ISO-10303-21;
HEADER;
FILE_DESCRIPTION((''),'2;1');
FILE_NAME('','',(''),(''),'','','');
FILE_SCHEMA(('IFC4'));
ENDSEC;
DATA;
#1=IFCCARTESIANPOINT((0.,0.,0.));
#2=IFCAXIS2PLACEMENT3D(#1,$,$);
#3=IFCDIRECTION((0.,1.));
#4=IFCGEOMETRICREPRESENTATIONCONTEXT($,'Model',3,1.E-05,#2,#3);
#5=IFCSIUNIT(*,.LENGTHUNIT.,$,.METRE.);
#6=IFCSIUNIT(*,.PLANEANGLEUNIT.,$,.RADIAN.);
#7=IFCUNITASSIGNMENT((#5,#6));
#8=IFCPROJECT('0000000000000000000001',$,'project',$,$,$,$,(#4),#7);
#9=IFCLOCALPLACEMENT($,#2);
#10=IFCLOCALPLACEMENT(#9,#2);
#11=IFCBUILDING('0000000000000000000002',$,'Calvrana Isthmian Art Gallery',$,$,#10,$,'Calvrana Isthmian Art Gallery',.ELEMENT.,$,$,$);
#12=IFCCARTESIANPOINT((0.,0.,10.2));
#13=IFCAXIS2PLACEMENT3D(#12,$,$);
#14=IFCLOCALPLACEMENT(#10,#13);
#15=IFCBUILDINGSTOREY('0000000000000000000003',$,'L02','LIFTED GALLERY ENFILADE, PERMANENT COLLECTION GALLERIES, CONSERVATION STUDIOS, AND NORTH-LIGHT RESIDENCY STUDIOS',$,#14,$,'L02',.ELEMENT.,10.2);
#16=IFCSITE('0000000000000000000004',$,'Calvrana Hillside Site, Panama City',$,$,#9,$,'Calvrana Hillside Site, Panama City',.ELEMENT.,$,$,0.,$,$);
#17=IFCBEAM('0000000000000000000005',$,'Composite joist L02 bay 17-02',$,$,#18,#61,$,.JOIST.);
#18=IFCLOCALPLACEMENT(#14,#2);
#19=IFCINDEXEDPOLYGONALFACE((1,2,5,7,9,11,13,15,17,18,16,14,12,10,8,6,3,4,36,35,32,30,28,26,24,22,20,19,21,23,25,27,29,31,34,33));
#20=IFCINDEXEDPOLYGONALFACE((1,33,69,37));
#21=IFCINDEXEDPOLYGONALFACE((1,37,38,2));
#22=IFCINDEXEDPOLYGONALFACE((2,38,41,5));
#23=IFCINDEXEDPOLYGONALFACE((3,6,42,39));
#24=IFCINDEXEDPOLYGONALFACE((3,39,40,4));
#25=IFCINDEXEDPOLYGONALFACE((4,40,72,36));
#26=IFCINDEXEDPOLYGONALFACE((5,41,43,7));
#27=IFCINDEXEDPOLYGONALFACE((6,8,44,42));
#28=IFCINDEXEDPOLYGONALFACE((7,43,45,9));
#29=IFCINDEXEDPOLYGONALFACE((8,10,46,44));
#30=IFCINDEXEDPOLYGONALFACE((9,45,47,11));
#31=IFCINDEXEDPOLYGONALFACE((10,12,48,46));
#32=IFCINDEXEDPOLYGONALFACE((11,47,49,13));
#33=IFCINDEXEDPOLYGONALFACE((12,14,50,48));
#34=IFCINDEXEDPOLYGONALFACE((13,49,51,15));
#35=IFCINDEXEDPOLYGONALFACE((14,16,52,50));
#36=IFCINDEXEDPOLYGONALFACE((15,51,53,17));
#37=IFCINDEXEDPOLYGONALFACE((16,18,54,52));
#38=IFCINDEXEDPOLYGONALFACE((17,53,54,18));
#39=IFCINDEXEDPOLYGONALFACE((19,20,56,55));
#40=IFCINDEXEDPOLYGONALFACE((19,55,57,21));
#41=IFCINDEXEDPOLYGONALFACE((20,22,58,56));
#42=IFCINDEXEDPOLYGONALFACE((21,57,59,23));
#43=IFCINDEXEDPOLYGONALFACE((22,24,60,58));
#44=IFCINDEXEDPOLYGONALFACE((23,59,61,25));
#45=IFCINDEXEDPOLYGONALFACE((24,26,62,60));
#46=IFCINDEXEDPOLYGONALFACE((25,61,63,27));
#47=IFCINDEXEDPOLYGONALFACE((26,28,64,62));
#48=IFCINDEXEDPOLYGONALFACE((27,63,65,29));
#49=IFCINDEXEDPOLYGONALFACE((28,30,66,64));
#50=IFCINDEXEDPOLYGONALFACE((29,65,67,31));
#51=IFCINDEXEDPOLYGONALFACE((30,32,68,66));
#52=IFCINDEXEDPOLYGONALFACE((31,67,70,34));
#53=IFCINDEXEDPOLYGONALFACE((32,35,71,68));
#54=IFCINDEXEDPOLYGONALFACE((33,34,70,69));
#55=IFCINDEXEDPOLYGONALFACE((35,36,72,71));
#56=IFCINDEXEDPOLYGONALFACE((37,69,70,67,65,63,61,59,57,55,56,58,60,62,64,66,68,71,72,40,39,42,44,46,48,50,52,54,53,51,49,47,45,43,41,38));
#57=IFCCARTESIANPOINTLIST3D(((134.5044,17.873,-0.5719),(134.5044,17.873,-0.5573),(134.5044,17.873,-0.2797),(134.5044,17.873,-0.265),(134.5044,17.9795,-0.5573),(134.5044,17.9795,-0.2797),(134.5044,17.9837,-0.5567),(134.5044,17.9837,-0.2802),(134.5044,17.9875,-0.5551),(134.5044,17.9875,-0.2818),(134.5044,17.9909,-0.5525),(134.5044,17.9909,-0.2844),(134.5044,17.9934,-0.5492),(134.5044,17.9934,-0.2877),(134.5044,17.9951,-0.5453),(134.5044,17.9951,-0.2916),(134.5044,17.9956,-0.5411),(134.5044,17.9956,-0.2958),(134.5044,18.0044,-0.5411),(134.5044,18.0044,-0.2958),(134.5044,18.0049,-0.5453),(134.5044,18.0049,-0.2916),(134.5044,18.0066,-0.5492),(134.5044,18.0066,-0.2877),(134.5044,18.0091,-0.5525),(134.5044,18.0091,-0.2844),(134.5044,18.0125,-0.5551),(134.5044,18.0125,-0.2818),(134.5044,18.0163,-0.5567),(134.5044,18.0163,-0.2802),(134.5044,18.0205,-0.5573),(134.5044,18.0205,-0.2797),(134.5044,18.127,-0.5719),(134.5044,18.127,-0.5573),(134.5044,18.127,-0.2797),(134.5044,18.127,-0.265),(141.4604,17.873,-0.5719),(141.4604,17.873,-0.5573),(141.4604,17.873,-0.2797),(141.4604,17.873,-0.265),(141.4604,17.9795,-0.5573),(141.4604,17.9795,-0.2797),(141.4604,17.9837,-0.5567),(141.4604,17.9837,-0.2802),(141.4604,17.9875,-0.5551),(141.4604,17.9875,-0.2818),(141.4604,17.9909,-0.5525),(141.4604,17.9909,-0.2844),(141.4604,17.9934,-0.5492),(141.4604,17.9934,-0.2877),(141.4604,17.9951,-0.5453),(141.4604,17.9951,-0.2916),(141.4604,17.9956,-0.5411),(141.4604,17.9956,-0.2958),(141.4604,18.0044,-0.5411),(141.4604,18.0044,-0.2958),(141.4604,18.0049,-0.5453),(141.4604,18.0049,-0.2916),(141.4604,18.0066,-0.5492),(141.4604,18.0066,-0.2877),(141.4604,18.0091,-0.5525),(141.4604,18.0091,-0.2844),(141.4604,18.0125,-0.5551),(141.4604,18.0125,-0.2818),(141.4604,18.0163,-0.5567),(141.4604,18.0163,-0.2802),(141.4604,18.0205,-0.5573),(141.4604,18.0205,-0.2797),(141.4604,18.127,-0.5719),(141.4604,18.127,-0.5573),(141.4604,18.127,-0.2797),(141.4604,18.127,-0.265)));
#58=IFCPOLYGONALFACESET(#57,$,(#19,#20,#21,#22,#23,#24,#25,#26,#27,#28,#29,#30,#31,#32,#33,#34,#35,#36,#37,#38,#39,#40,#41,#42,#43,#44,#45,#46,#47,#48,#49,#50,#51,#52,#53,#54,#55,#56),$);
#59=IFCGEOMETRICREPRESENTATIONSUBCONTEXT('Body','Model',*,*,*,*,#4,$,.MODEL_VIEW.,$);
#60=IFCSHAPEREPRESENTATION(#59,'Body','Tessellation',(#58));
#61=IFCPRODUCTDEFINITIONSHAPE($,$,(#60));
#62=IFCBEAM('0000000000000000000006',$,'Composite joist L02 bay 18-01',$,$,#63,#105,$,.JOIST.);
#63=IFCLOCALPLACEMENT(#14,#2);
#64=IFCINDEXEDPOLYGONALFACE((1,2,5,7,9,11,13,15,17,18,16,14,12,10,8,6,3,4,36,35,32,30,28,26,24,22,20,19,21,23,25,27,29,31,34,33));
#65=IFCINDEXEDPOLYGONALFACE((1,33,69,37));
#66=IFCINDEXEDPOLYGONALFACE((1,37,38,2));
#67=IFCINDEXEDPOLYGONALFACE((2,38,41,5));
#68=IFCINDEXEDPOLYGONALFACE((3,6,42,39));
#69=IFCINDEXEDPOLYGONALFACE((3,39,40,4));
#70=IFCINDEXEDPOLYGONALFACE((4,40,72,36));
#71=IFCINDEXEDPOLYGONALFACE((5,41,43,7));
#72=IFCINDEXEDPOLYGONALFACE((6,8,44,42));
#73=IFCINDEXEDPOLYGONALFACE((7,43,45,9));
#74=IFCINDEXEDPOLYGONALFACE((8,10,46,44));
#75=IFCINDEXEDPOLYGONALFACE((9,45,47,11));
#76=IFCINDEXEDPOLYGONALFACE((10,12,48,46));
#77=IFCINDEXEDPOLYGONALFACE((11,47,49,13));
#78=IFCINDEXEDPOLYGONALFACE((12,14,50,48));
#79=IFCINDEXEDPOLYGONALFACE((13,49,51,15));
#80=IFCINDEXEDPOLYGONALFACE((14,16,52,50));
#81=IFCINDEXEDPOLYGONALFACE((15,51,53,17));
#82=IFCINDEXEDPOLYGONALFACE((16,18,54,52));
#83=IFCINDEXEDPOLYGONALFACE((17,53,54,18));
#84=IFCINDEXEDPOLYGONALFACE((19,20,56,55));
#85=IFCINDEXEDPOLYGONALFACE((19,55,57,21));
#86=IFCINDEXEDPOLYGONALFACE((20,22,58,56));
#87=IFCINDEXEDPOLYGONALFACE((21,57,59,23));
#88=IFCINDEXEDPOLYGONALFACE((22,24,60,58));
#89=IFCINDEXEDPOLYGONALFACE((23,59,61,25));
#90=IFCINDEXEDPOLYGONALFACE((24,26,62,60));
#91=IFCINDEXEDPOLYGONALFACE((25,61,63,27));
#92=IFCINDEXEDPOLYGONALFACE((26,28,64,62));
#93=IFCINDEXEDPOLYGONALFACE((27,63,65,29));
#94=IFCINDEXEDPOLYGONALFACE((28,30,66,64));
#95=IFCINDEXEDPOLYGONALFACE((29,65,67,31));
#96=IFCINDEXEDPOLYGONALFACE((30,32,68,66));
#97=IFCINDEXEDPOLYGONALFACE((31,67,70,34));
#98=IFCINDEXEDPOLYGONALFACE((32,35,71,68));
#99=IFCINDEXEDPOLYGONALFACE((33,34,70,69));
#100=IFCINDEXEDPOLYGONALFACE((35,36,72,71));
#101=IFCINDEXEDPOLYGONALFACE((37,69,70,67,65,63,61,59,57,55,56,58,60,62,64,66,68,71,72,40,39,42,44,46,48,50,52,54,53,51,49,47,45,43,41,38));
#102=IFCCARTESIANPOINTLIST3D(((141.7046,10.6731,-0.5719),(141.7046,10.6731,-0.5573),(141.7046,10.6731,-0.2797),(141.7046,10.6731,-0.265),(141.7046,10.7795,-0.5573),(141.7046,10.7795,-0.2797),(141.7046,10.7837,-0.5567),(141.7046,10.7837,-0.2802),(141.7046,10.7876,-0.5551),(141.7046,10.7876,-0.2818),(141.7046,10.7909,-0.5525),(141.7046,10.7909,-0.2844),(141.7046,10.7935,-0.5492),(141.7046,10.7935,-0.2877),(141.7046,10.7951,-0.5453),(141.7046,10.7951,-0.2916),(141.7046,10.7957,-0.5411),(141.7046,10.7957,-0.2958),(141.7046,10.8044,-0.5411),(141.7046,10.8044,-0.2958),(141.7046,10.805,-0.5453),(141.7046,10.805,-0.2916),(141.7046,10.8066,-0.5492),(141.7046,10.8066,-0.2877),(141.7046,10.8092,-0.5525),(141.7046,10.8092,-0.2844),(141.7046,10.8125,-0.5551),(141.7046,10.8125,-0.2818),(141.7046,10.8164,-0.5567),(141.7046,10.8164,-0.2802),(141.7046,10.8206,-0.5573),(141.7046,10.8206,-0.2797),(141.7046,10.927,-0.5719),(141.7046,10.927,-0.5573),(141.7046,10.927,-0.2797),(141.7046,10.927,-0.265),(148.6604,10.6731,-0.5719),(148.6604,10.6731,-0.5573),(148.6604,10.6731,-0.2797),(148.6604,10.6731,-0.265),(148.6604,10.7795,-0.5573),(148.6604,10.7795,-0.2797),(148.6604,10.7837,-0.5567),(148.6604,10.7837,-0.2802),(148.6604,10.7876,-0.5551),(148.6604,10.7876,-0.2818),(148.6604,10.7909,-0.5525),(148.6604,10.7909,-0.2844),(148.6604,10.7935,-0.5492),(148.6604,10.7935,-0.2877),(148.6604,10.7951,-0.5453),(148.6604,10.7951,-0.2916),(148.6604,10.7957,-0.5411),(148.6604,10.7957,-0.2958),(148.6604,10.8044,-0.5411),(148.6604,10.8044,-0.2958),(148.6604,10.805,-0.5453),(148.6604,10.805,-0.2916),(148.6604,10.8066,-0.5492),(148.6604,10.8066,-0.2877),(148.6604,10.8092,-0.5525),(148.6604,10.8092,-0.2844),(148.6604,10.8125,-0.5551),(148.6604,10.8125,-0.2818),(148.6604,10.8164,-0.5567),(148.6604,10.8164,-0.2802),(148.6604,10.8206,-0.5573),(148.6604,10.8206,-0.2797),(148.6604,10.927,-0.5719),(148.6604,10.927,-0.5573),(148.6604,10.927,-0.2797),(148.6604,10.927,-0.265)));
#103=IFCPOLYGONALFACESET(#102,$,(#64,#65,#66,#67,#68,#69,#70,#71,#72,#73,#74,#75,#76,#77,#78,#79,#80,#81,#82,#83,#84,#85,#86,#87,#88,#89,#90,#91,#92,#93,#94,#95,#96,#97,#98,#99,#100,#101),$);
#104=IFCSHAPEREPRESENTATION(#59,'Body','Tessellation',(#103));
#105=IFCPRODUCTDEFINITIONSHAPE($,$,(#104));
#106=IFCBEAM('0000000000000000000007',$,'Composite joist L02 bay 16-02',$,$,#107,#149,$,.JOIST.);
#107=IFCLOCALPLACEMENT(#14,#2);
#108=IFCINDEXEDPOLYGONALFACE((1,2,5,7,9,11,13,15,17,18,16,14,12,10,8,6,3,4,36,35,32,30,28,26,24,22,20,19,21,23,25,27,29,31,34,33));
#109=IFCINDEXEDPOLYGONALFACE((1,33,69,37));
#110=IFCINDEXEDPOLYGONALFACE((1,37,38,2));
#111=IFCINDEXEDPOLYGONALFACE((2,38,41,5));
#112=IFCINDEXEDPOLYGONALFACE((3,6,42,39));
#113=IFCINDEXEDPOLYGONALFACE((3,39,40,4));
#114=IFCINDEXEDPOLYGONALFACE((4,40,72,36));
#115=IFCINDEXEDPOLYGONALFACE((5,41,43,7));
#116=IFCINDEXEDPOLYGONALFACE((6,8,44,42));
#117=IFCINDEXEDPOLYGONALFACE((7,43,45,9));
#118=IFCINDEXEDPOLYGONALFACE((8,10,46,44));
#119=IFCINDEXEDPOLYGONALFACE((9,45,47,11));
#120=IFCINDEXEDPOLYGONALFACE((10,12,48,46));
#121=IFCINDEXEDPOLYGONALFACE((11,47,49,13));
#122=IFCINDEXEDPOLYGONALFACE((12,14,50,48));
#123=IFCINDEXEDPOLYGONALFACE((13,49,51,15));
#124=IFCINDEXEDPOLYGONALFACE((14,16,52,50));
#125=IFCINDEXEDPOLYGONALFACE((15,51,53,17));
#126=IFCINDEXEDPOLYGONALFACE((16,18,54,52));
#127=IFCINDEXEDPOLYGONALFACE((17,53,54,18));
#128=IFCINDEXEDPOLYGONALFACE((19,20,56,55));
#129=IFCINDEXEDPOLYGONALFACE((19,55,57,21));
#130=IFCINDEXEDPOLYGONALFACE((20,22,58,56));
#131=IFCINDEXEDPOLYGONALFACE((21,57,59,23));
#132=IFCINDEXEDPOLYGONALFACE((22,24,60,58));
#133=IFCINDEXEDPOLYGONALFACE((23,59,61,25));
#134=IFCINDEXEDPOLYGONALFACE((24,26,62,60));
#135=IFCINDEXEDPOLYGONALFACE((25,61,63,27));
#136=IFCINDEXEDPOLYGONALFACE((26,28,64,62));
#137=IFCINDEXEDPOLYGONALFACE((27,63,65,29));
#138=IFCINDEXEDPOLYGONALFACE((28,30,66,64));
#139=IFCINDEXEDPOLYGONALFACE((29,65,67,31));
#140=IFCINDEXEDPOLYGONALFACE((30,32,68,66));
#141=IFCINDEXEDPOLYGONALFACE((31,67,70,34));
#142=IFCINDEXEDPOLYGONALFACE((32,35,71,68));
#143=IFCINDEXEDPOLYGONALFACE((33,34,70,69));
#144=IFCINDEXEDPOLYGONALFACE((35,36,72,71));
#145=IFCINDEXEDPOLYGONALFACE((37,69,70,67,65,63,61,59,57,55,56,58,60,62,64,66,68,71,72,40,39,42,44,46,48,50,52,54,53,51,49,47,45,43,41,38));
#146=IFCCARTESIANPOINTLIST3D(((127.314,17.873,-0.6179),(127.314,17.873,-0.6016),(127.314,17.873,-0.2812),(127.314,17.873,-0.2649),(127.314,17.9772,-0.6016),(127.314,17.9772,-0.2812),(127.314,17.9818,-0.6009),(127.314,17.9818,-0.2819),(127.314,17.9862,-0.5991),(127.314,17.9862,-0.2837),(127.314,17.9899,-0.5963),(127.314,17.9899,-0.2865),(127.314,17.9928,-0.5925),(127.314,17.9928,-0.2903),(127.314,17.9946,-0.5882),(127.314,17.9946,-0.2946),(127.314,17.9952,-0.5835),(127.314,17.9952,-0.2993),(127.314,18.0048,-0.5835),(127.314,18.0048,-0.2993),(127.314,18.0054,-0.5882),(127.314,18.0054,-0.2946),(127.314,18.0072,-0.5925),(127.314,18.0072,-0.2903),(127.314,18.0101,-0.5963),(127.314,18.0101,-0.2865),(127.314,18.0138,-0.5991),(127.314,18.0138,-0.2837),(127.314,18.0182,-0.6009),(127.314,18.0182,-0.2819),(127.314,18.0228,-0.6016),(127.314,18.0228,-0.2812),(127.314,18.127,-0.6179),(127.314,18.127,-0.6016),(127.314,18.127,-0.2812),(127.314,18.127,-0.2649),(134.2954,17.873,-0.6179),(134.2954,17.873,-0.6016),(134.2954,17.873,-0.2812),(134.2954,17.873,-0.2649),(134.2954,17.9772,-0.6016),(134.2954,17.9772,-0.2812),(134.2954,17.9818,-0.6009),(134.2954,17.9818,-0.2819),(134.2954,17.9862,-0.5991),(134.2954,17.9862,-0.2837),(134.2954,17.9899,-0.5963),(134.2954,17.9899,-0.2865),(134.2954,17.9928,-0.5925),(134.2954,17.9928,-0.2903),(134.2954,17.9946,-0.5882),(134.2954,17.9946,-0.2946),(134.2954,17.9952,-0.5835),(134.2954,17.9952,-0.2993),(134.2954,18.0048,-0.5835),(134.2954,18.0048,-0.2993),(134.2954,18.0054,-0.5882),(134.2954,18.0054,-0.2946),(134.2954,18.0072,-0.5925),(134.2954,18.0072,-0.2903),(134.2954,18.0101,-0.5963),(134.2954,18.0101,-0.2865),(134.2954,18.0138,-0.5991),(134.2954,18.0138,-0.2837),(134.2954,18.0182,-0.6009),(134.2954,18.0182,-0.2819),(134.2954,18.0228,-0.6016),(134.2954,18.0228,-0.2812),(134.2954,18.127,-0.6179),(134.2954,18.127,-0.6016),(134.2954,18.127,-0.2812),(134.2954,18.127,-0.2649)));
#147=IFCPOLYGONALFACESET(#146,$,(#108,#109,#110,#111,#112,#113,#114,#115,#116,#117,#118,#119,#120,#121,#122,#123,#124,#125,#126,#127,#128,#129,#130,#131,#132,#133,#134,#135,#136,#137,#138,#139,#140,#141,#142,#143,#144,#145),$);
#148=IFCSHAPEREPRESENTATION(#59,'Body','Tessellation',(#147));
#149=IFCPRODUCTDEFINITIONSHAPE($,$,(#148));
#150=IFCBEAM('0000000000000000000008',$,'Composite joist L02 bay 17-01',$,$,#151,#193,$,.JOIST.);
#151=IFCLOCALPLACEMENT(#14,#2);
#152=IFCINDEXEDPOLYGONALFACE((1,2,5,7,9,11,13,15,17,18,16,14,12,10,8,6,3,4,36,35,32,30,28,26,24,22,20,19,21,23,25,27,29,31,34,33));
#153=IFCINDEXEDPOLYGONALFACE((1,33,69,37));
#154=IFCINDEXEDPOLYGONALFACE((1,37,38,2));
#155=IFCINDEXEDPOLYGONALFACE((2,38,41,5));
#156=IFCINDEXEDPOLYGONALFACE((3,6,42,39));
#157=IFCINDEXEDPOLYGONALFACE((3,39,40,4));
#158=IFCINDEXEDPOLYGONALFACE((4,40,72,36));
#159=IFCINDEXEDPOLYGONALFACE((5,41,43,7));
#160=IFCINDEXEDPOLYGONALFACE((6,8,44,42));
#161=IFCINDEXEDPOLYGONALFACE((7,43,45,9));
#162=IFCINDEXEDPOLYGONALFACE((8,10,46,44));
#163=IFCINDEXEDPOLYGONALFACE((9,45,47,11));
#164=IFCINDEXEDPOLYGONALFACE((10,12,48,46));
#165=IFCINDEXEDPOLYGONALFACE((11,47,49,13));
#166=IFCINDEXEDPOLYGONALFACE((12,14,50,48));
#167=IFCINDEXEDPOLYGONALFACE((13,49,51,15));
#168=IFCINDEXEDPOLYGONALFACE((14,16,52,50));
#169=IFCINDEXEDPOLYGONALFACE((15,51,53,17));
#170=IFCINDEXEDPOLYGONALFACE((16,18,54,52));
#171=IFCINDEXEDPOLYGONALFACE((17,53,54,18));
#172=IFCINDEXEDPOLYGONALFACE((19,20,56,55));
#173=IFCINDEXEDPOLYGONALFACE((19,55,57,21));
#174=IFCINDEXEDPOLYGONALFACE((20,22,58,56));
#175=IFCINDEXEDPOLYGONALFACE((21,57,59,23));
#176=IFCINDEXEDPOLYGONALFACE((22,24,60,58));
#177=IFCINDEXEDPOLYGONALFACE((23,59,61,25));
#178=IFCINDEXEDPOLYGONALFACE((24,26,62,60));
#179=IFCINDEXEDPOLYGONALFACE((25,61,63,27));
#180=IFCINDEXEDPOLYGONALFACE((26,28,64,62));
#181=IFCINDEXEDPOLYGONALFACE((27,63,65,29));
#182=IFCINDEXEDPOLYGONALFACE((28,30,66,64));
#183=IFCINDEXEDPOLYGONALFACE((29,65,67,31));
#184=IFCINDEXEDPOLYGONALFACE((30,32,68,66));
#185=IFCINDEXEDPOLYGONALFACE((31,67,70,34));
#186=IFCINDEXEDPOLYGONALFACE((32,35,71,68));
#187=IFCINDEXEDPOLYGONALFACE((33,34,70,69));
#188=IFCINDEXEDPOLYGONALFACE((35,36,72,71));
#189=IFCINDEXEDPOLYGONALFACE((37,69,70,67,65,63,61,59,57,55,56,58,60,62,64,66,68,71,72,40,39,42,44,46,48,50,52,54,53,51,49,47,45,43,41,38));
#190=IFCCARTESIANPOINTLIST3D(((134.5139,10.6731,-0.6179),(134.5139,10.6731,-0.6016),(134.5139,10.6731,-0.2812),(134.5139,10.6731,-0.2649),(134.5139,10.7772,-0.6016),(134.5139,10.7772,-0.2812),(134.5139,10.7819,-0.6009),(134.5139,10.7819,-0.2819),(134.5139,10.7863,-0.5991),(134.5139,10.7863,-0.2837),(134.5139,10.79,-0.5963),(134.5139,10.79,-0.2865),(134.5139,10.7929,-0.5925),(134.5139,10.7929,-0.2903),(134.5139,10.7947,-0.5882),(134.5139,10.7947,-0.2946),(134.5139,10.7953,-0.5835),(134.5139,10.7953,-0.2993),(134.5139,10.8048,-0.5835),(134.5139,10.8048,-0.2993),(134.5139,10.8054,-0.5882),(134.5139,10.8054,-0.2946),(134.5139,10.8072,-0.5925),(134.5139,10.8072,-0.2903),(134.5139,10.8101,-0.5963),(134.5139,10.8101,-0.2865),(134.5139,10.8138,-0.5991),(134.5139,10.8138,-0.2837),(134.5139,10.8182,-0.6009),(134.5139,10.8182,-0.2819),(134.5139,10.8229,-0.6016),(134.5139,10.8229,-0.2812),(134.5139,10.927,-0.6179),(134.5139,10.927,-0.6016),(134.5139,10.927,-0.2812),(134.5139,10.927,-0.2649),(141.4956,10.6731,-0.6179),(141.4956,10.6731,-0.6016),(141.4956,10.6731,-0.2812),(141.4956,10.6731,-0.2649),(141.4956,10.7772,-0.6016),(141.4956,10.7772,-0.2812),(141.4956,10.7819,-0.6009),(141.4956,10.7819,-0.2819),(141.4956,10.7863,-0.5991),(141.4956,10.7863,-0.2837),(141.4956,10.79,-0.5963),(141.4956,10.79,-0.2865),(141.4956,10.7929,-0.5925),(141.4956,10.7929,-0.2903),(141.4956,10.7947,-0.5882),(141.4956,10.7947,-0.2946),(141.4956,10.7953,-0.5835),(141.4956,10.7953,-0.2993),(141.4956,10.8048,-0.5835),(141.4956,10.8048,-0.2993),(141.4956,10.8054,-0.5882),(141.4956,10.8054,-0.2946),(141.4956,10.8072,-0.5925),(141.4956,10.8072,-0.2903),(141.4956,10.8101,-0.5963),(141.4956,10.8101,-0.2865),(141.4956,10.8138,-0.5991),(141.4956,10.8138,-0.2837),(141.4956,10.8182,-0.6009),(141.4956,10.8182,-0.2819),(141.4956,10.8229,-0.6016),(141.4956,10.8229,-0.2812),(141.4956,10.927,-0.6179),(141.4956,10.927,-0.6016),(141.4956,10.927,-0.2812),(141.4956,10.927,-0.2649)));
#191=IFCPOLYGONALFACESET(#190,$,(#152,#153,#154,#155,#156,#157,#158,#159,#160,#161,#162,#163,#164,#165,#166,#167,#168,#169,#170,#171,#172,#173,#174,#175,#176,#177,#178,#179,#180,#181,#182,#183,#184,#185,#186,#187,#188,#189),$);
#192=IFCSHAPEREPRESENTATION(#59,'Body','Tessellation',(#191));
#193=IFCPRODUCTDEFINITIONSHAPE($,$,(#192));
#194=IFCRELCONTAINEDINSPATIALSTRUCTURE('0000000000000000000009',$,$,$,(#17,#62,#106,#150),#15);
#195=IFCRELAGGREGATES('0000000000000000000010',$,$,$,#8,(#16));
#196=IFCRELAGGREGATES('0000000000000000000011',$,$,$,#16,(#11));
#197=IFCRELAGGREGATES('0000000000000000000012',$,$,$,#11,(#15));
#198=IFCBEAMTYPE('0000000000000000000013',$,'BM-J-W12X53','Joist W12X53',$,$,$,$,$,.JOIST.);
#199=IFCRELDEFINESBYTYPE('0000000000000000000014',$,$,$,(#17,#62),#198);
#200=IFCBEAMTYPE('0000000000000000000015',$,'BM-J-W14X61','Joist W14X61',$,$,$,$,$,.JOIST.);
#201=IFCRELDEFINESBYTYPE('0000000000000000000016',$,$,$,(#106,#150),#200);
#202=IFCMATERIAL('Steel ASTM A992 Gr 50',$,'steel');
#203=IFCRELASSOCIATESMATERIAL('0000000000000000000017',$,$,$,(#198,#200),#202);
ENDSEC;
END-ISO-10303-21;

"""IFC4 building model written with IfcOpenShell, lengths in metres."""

from ifc_helpers import new_model, si_unit, direction, frame, origin, origin_2d, place, context, subcontext, project, spatial, i_section, extrude, material, material_profile, profile_set, type_object, element, save


model = new_model("IFC4")

# Units and contexts
model_context = context("Model", 3, precision=1e-05, world=origin(), true_north=direction((0.0, 1.0)))
body_context = subcontext(model_context, "Body", "Model", "MODEL_VIEW")
ifc_project = project(units=[si_unit("LENGTHUNIT", "METRE"), si_unit("PLANEANGLEUNIT", "RADIAN")], contexts=[model_context])

# Site, building, storey
site_placement = place(None, origin())
site = spatial("IfcSite", under=ifc_project, at=site_placement, Name="Calvrana Hillside Site, Panama City", LongName="Calvrana Hillside Site, Panama City", CompositionType="ELEMENT", RefElevation=0.0)
building_placement = place(site_placement, origin())
building = spatial("IfcBuilding", under=site, at=building_placement, Name="Calvrana Isthmian Art Gallery", LongName="Calvrana Isthmian Art Gallery", CompositionType="ELEMENT")
storey_placement = place(building_placement, frame((0.0, 0.0, 10.2)))
storey = spatial("IfcBuildingStorey", under=building, at=storey_placement, Name="L02", Description="LIFTED GALLERY ENFILADE, PERMANENT COLLECTION GALLERIES, CONSERVATION STUDIOS, AND NORTH-LIGHT RESIDENCY STUDIOS", LongName="L02", CompositionType="ELEMENT", Elevation=10.2)

# Shared definitions
ifc_material_1 = material(Name="Steel ASTM A992 Gr 50", Category="steel")

# Beams
ifc_material_profile_1 = material_profile(ifc_material_1, i_section(OverallWidth=0.2539, OverallDepth=0.3069, WebThickness=0.0088, FlangeThickness=0.0146, FilletRadius=0.0161, at=origin_2d()), Name="W12X53")
ifc_profile_set_1 = profile_set([ifc_material_profile_1], Name="Steel ASTM A992 Gr 50")
beam_type_1 = type_object("IfcBeamType", Name="BM-J-W12X53", Description="Joist W12X53", PredefinedType="JOIST", material=ifc_profile_set_1)
beam_1_placement = place(storey_placement, frame((134.5044, 18.0, -0.4185), z_axis=(1.0, 0.0, 0.0), x_axis=(0.0, 1.0, 0.0)))
element("IfcBeam", 1, at=beam_1_placement, inside=storey, type_object=beam_type_1, Name="Composite joist L02 bay 17-02", PredefinedType="JOIST", context=body_context, shape_type="SweptSolid", body=[
    extrude(i_section(OverallWidth=0.2539, OverallDepth=0.3069, WebThickness=0.0088, FlangeThickness=0.0146, FilletRadius=0.0161, at=origin_2d()), origin(), (0.0, 0.0, 1.0), 6.9561),
])
beam_2_placement = place(storey_placement, frame((141.7046, 10.8, -0.4185), z_axis=(1.0, 0.0, 0.0), x_axis=(0.0, 1.0, 0.0)))
element("IfcBeam", 2, at=beam_2_placement, inside=storey, type_object=beam_type_1, Name="Composite joist L02 bay 18-01", PredefinedType="JOIST", context=body_context, shape_type="SweptSolid", body=[
    extrude(i_section(OverallWidth=0.2539, OverallDepth=0.3069, WebThickness=0.0088, FlangeThickness=0.0146, FilletRadius=0.0161, at=origin_2d()), origin(), (0.0, 0.0, 1.0), 6.9558),
])
ifc_material_profile_2 = material_profile(ifc_material_1, i_section(OverallWidth=0.2539, OverallDepth=0.353, WebThickness=0.0095, FlangeThickness=0.0164, FilletRadius=0.0181, at=origin_2d()), Name="W14X61")
ifc_profile_set_2 = profile_set([ifc_material_profile_2], Name="Steel ASTM A992 Gr 50")
beam_type_2 = type_object("IfcBeamType", Name="BM-J-W14X61", Description="Joist W14X61", PredefinedType="JOIST", material=ifc_profile_set_2)
beam_3_placement = place(storey_placement, frame((127.314, 18.0, -0.4414), z_axis=(1.0, 0.0, 0.0), x_axis=(0.0, 1.0, 0.0)))
element("IfcBeam", 3, at=beam_3_placement, inside=storey, type_object=beam_type_2, Name="Composite joist L02 bay 16-02", PredefinedType="JOIST", context=body_context, shape_type="SweptSolid", body=[
    extrude(i_section(OverallWidth=0.2539, OverallDepth=0.353, WebThickness=0.0095, FlangeThickness=0.0164, FilletRadius=0.0181, at=origin_2d()), origin(), (0.0, 0.0, 1.0), 6.9814),
])
beam_4_placement = place(storey_placement, frame((134.5139, 10.8, -0.4414), z_axis=(1.0, 0.0, 0.0), x_axis=(0.0, 1.0, 0.0)))
element("IfcBeam", 4, at=beam_4_placement, inside=storey, type_object=beam_type_2, Name="Composite joist L02 bay 17-01", PredefinedType="JOIST", context=body_context, shape_type="SweptSolid", body=[
    extrude(i_section(OverallWidth=0.2539, OverallDepth=0.353, WebThickness=0.0095, FlangeThickness=0.0164, FilletRadius=0.0181, at=origin_2d()), origin(), (0.0, 0.0, 1.0), 6.9817),
])

save(model, "model.ifc")
